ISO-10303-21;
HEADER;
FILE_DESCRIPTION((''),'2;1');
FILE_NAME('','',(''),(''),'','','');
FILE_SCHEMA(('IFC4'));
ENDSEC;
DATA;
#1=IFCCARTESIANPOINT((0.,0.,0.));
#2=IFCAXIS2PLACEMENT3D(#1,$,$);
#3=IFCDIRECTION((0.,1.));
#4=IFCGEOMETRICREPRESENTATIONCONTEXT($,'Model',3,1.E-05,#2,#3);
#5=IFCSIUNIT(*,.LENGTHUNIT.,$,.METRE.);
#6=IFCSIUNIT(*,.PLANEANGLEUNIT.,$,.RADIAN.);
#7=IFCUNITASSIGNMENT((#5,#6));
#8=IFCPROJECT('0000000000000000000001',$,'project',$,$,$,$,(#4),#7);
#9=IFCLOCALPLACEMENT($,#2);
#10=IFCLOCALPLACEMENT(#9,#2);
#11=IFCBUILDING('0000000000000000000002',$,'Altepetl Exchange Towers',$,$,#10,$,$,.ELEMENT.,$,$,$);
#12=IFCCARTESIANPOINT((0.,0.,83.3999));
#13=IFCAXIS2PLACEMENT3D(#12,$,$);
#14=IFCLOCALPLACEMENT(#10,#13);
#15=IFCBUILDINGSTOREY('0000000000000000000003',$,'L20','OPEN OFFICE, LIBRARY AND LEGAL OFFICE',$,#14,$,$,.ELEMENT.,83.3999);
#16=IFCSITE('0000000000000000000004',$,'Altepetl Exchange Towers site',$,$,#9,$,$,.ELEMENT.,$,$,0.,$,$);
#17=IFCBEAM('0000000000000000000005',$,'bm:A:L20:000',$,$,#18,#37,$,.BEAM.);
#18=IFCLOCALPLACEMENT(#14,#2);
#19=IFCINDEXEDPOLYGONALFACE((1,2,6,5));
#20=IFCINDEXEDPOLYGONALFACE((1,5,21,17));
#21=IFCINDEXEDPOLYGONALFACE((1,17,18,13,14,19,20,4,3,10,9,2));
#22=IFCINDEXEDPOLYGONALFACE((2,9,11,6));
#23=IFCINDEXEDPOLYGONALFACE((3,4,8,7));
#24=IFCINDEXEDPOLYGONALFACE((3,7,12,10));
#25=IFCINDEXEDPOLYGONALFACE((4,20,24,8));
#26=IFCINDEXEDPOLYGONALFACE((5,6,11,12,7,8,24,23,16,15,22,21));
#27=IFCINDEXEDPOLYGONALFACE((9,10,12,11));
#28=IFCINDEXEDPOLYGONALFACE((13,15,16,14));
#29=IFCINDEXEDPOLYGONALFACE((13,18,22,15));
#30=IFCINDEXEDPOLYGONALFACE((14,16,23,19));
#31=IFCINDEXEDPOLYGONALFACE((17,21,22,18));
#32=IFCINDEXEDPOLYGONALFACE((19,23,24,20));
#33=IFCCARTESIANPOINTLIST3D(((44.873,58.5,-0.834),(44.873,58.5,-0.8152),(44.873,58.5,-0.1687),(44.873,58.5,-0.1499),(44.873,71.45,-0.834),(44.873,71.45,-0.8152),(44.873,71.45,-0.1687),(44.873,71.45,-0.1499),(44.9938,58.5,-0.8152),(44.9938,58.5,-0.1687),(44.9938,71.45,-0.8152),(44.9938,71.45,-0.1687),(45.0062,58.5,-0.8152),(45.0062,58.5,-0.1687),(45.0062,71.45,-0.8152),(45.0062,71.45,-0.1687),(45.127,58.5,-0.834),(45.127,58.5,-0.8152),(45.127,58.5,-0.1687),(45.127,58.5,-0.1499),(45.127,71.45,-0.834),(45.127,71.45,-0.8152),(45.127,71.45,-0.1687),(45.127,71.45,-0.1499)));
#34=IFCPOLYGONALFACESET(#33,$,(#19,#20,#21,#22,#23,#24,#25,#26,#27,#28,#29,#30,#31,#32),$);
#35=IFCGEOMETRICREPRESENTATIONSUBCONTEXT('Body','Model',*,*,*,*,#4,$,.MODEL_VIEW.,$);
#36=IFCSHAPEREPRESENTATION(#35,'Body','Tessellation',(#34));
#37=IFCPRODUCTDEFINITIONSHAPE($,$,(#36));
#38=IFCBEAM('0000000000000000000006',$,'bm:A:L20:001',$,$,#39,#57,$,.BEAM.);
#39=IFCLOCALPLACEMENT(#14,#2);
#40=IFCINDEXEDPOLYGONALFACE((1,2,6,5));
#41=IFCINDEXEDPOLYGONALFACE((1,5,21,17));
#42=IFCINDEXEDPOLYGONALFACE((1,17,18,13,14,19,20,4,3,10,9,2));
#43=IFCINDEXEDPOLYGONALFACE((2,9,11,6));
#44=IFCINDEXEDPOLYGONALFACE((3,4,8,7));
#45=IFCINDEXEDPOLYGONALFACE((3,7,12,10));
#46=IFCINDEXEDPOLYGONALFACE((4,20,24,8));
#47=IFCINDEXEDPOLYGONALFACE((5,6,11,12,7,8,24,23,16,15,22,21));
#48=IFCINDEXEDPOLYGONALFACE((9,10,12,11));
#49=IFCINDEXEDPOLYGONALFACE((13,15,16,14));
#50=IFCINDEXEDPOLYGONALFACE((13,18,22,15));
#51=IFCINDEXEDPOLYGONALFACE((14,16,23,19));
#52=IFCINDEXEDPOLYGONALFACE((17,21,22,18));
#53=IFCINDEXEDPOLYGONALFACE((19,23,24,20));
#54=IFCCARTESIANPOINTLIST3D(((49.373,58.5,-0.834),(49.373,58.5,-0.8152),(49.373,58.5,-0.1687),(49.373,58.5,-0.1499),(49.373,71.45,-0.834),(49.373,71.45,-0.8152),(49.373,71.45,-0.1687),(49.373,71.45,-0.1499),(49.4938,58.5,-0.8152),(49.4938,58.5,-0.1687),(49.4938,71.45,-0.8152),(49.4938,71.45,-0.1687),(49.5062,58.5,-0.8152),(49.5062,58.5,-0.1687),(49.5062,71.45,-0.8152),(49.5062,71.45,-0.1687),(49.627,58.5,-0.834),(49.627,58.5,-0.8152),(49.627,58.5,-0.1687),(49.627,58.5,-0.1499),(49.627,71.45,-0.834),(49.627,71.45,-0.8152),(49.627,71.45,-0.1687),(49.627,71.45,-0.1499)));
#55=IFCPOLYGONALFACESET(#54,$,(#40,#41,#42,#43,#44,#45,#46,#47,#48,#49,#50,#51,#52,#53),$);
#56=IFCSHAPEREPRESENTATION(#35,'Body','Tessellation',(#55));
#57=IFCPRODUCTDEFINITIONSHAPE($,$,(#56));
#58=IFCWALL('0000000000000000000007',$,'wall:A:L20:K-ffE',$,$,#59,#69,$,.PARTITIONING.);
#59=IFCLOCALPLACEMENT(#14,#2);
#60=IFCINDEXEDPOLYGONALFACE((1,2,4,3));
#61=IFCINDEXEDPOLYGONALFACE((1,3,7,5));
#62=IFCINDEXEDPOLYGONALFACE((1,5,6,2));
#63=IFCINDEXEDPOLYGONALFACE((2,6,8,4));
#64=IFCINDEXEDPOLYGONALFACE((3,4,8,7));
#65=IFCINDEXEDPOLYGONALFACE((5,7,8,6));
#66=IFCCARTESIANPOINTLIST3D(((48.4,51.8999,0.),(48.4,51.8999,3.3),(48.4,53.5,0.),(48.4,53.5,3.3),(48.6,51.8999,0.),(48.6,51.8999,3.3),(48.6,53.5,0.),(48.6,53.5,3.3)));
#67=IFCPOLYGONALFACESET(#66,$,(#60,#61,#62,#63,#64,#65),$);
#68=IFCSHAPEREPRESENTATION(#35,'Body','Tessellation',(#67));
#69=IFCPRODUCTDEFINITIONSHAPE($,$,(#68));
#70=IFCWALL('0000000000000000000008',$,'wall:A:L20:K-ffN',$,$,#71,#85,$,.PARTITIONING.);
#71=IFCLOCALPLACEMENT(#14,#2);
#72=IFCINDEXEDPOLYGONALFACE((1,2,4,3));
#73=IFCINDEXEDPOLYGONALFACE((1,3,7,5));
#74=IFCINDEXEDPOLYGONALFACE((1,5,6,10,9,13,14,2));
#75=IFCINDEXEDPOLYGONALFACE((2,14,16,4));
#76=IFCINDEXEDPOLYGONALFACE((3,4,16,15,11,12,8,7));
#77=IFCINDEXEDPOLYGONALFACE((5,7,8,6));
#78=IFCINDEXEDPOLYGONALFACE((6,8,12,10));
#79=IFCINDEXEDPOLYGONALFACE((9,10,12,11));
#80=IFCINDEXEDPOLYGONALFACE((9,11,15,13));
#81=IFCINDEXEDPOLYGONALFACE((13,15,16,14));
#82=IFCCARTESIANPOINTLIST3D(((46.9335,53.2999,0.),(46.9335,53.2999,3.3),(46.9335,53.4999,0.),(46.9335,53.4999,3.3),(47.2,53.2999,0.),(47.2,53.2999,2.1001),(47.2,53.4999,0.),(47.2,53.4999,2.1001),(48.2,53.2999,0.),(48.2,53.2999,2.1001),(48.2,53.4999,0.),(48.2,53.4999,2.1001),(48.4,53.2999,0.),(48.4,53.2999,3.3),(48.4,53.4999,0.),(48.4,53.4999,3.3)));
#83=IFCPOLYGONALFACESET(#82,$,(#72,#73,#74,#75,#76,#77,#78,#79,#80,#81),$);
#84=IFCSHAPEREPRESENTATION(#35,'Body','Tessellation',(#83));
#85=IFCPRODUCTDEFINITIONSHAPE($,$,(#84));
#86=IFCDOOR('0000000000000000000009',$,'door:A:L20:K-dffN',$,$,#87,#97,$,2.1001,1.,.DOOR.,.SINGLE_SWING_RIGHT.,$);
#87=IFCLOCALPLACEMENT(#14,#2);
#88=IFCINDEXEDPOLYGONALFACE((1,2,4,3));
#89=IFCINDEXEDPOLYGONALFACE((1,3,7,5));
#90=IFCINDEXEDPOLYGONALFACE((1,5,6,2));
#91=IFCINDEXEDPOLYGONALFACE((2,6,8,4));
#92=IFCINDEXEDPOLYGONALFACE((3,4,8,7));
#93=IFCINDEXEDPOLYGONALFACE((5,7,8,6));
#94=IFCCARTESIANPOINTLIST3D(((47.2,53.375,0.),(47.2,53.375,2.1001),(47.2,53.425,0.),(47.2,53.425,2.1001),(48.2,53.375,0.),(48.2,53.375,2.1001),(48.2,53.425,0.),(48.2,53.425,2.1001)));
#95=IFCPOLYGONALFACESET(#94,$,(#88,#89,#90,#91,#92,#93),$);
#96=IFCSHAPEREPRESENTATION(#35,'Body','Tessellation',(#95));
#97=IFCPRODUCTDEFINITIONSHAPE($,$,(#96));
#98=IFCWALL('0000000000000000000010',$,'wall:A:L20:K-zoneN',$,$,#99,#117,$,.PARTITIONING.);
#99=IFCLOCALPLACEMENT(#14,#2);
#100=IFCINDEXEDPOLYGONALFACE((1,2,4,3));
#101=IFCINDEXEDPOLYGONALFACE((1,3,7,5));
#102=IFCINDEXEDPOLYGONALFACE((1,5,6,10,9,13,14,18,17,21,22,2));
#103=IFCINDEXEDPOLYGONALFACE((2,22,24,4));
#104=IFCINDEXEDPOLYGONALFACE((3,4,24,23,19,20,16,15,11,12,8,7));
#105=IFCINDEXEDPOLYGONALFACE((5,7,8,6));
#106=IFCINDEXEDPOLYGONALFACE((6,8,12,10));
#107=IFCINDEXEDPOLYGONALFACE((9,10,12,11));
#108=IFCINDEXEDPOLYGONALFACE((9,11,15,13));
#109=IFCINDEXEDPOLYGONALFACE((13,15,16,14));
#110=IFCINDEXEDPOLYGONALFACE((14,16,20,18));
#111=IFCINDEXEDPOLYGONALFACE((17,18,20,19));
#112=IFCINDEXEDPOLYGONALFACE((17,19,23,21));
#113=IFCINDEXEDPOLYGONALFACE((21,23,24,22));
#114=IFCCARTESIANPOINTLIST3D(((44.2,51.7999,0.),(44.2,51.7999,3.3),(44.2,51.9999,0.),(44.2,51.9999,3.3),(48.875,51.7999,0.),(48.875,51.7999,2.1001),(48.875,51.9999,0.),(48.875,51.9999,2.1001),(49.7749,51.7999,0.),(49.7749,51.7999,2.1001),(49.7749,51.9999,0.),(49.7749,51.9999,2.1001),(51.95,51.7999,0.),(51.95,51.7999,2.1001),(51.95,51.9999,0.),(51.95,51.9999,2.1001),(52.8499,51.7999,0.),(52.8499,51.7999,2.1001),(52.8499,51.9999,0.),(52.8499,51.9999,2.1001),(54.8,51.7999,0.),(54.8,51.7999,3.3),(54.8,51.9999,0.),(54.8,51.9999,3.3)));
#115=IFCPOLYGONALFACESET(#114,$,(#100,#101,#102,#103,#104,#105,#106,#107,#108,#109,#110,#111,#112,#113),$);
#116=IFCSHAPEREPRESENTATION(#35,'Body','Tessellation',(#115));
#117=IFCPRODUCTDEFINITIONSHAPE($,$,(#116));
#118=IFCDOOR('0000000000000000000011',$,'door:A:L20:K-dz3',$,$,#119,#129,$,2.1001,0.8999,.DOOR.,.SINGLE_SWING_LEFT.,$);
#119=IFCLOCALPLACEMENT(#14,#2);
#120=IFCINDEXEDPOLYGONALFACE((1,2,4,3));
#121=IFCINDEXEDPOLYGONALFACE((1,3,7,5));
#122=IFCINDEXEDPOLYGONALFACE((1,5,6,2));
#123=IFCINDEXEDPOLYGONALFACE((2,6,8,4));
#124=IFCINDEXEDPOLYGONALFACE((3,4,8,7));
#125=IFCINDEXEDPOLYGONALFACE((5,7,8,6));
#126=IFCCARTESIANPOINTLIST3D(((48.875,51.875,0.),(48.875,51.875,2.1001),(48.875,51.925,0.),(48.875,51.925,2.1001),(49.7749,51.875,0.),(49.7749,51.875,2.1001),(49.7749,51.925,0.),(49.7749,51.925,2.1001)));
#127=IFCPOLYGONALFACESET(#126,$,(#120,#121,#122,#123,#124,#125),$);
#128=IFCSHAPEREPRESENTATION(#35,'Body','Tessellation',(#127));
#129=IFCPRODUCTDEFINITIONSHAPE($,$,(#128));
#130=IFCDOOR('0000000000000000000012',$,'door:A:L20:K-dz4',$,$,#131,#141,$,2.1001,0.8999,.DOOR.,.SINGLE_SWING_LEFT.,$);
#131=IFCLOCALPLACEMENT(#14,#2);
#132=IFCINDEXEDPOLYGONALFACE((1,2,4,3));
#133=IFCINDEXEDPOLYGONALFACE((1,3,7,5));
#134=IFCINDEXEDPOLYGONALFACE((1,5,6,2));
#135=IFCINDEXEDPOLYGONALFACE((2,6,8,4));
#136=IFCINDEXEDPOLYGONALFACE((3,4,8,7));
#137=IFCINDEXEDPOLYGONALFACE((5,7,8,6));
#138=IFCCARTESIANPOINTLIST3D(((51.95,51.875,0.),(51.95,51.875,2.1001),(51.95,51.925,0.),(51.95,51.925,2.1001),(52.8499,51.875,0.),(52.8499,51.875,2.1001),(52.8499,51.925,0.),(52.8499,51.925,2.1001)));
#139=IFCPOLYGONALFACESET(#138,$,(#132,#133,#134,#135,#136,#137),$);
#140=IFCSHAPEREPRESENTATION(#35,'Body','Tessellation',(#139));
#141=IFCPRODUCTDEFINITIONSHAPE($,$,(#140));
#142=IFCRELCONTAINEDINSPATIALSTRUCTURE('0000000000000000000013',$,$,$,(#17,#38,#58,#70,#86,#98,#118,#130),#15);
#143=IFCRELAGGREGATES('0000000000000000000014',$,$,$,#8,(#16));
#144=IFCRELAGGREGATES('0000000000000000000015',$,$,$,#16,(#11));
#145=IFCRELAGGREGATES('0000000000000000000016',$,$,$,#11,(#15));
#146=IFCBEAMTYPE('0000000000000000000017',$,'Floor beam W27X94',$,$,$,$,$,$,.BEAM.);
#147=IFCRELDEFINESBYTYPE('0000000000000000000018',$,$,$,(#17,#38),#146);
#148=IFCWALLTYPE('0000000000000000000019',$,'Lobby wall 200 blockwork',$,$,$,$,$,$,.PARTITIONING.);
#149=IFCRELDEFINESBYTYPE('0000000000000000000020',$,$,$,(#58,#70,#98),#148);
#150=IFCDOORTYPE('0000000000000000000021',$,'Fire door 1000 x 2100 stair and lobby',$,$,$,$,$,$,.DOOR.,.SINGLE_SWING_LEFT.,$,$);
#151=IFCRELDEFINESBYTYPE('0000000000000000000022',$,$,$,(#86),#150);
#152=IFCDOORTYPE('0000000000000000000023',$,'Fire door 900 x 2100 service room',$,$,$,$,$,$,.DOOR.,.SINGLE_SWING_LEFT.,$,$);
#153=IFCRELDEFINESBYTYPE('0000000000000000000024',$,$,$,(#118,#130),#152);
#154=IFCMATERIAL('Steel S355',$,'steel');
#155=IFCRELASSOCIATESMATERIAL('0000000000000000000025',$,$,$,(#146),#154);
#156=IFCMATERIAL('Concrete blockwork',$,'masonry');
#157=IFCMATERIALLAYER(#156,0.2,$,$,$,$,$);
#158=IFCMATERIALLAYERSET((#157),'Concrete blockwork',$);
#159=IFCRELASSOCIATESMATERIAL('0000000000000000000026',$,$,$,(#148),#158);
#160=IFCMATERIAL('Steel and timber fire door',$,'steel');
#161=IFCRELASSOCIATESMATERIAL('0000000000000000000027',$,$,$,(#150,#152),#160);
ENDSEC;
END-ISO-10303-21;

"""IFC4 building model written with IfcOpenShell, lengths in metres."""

from ifc_helpers import new_model, si_unit, direction, frame, frame_2d, origin, origin_2d, place, context, subcontext, project, spatial, rectangle, i_section, extrude, material, layer, layer_set, material_profile, profile_set, type_object, element, fill, save


model = new_model("IFC4")

# Units and contexts
model_context = context("Model", 3, precision=1e-05, world=origin(), true_north=direction((0.0, 1.0)))
body_context = subcontext(model_context, "Body", "Model", "MODEL_VIEW")
ifc_project = project(units=[si_unit("LENGTHUNIT", "METRE"), si_unit("PLANEANGLEUNIT", "RADIAN")], contexts=[model_context])

# Site, building, storey
site_placement = place(None, origin())
site = spatial("IfcSite", under=ifc_project, at=site_placement, Name="Altepetl Exchange Towers site", CompositionType="ELEMENT", RefElevation=0.0)
building_placement = place(site_placement, origin())
building = spatial("IfcBuilding", under=site, at=building_placement, Name="Altepetl Exchange Towers", CompositionType="ELEMENT")
storey_placement = place(building_placement, frame((0.0, 0.0, 83.3999)))
storey = spatial("IfcBuildingStorey", under=building, at=storey_placement, Name="L20", Description="OPEN OFFICE, LIBRARY AND LEGAL OFFICE", CompositionType="ELEMENT", Elevation=83.3999)

# Beams
ifc_material_1 = material(Name="Steel S355", Category="steel")
ifc_material_profile = material_profile(ifc_material_1, i_section(OverallWidth=0.2539, OverallDepth=0.6841, WebThickness=0.0125, FlangeThickness=0.0188, at=origin_2d()), Name="W27X94")
ifc_profile_set = profile_set([ifc_material_profile], Name="Steel S355")
beam_type = type_object("IfcBeamType", Name="Floor beam W27X94", PredefinedType="BEAM", material=ifc_profile_set)
for number, where, z_axis, x_axis, name in (
    (1, (45.0, 58.5, -0.4919), (0.0, 1.0, 0.0), (-1.0, 0.0, 0.0), "bm:A:L20:000"),
    (2, (49.5, 58.5, -0.4919), (0.0, 1.0, 0.0), (-1.0, 0.0, 0.0), "bm:A:L20:001"),
):
    element("IfcBeam", number, at=place(storey_placement, frame(where, z_axis=z_axis, x_axis=x_axis)), inside=storey, type_object=beam_type, Name=name, PredefinedType="BEAM", context=body_context, shape_type="SweptSolid", body=[
        extrude(i_section(OverallWidth=0.2539, OverallDepth=0.6841, WebThickness=0.0125, FlangeThickness=0.0188, at=origin_2d()), origin(), (0.0, 0.0, 1.0), 12.95),
    ])

# Wall
ifc_material_2 = material(Name="Concrete blockwork", Category="masonry")
ifc_layer_1 = layer(ifc_material_2, 0.2)
ifc_layer_set_1 = layer_set([ifc_layer_1], Name="Concrete blockwork")
wall_type_1 = type_object("IfcWallType", Name="Lobby wall 200 blockwork", PredefinedType="PARTITIONING", material=ifc_layer_set_1)
wall_1_placement = place(storey_placement, frame((48.5, 51.8999, 0.0), z_axis=(0.0, 0.0, 1.0), x_axis=(0.0, 1.0, 0.0)))
element("IfcWall", 3, at=wall_1_placement, inside=storey, type_object=wall_type_1, Name="wall:A:L20:K-ffE", PredefinedType="PARTITIONING", context=body_context, shape_type="SweptSolid", body=[
    extrude(rectangle(XDim=1.6001, YDim=0.2, at=frame_2d((0.8, 0.0))), origin(), (0.0, 0.0, 1.0), 3.3),
])

# Wall, opening, door
wall_2_placement = place(storey_placement, frame((46.9333, 53.3999, 0.0)))
wall_2 = element("IfcWall", 4, at=wall_2_placement, inside=storey, type_object=wall_type_1, Name="wall:A:L20:K-ffN", PredefinedType="PARTITIONING", context=body_context, shape_type="SweptSolid", body=[
    extrude(rectangle(XDim=1.4666, YDim=0.2, at=frame_2d((0.7334, 0.0))), origin(), (0.0, 0.0, 1.0), 3.3),
])
opening_1_placement = place(wall_2_placement, frame((0.2666, 0.0, 0.0)))
opening_1 = element("IfcOpeningElement", 5, at=opening_1_placement, cuts=wall_2, PredefinedType="OPENING", context=body_context, shape_type="SweptSolid", body=[
    extrude(rectangle(XDim=1.0, YDim=2.1001, at=frame_2d((0.5, 1.05))), frame((0.0, 0.1099, 0.0), z_axis=(0.0, -1.0, 0.0), x_axis=(1.0, 0.0, 0.0)), (0.0, 0.0, 1.0), 0.22),
])
ifc_material_3 = material(Name="Steel and timber fire door", Category="steel")
door_type_1 = type_object("IfcDoorType", Name="Fire door 1000 x 2100 stair and lobby", OperationType="SINGLE_SWING_LEFT", PredefinedType="DOOR", material=ifc_material_3)
door_1_placement = place(opening_1_placement, frame((1.0, 0.0, 0.0), x_axis=(-1.0, 0.0, 0.0)))
door_1 = element("IfcDoor", 6, at=door_1_placement, inside=storey, type_object=door_type_1, Name="door:A:L20:K-dffN", OperationType="SINGLE_SWING_RIGHT", OverallHeight=2.1001, OverallWidth=1.0, PredefinedType="DOOR", context=body_context, shape_type="SweptSolid", body=[
    extrude(rectangle(XDim=1.0, YDim=2.1001, at=frame_2d((0.5, 1.05))), frame((0.0, 0.0249, 0.0), z_axis=(0.0, -1.0, 0.0), x_axis=(1.0, 0.0, 0.0)), (0.0, 0.0, 1.0), 0.05),
])
fill(opening_1, door_1)

# Wall, openings, doors
wall_3_placement = place(storey_placement, frame((44.2, 51.8999, 0.0)))
wall_3 = element("IfcWall", 7, at=wall_3_placement, inside=storey, type_object=wall_type_1, Name="wall:A:L20:K-zoneN", PredefinedType="PARTITIONING", context=body_context, shape_type="SweptSolid", body=[
    extrude(rectangle(XDim=10.6001, YDim=0.2, at=frame_2d((5.3, 0.0))), origin(), (0.0, 0.0, 1.0), 3.3),
])
opening_2_placement = place(wall_3_placement, frame((4.675, 0.0, 0.0)))
opening_2 = element("IfcOpeningElement", 8, at=opening_2_placement, cuts=wall_3, PredefinedType="OPENING", context=body_context, shape_type="SweptSolid", body=[
    extrude(rectangle(XDim=0.8999, YDim=2.1001, at=frame_2d((0.45, 1.05))), frame((0.0, 0.1099, 0.0), z_axis=(0.0, -1.0, 0.0), x_axis=(1.0, 0.0, 0.0)), (0.0, 0.0, 1.0), 0.22),
])
opening_3_placement = place(wall_3_placement, frame((7.75, 0.0, 0.0)))
opening_3 = element("IfcOpeningElement", 9, at=opening_3_placement, cuts=wall_3, PredefinedType="OPENING", context=body_context, shape_type="SweptSolid", body=[
    extrude(rectangle(XDim=0.8999, YDim=2.1001, at=frame_2d((0.45, 1.05))), frame((0.0, 0.1099, 0.0), z_axis=(0.0, -1.0, 0.0), x_axis=(1.0, 0.0, 0.0)), (0.0, 0.0, 1.0), 0.22),
])
door_type_2 = type_object("IfcDoorType", Name="Fire door 900 x 2100 service room", OperationType="SINGLE_SWING_LEFT", PredefinedType="DOOR", material=ifc_material_3)
door_2_placement = place(opening_2_placement, frame((0.8999, 0.0, 0.0), x_axis=(-1.0, 0.0, 0.0)))
door_2 = element("IfcDoor", 10, at=door_2_placement, inside=storey, type_object=door_type_2, Name="door:A:L20:K-dz3", OperationType="SINGLE_SWING_LEFT", OverallHeight=2.1001, OverallWidth=0.8999, PredefinedType="DOOR", context=body_context, shape_type="SweptSolid", body=[
    extrude(rectangle(XDim=0.8999, YDim=2.1001, at=frame_2d((0.45, 1.05))), frame((0.0, 0.0249, 0.0), z_axis=(0.0, -1.0, 0.0), x_axis=(1.0, 0.0, 0.0)), (0.0, 0.0, 1.0), 0.05),
])
fill(opening_2, door_2)
door_3_placement = place(opening_3_placement, frame((0.8999, 0.0, 0.0), x_axis=(-1.0, 0.0, 0.0)))
door_3 = element("IfcDoor", 11, at=door_3_placement, inside=storey, type_object=door_type_2, Name="door:A:L20:K-dz4", OperationType="SINGLE_SWING_LEFT", OverallHeight=2.1001, OverallWidth=0.8999, PredefinedType="DOOR", context=body_context, shape_type="SweptSolid", body=[
    extrude(rectangle(XDim=0.8999, YDim=2.1001, at=frame_2d((0.45, 1.05))), frame((0.0, 0.0249, 0.0), z_axis=(0.0, -1.0, 0.0), x_axis=(1.0, 0.0, 0.0)), (0.0, 0.0, 1.0), 0.05),
])
fill(opening_3, door_3)

save(model, "model.ifc")
